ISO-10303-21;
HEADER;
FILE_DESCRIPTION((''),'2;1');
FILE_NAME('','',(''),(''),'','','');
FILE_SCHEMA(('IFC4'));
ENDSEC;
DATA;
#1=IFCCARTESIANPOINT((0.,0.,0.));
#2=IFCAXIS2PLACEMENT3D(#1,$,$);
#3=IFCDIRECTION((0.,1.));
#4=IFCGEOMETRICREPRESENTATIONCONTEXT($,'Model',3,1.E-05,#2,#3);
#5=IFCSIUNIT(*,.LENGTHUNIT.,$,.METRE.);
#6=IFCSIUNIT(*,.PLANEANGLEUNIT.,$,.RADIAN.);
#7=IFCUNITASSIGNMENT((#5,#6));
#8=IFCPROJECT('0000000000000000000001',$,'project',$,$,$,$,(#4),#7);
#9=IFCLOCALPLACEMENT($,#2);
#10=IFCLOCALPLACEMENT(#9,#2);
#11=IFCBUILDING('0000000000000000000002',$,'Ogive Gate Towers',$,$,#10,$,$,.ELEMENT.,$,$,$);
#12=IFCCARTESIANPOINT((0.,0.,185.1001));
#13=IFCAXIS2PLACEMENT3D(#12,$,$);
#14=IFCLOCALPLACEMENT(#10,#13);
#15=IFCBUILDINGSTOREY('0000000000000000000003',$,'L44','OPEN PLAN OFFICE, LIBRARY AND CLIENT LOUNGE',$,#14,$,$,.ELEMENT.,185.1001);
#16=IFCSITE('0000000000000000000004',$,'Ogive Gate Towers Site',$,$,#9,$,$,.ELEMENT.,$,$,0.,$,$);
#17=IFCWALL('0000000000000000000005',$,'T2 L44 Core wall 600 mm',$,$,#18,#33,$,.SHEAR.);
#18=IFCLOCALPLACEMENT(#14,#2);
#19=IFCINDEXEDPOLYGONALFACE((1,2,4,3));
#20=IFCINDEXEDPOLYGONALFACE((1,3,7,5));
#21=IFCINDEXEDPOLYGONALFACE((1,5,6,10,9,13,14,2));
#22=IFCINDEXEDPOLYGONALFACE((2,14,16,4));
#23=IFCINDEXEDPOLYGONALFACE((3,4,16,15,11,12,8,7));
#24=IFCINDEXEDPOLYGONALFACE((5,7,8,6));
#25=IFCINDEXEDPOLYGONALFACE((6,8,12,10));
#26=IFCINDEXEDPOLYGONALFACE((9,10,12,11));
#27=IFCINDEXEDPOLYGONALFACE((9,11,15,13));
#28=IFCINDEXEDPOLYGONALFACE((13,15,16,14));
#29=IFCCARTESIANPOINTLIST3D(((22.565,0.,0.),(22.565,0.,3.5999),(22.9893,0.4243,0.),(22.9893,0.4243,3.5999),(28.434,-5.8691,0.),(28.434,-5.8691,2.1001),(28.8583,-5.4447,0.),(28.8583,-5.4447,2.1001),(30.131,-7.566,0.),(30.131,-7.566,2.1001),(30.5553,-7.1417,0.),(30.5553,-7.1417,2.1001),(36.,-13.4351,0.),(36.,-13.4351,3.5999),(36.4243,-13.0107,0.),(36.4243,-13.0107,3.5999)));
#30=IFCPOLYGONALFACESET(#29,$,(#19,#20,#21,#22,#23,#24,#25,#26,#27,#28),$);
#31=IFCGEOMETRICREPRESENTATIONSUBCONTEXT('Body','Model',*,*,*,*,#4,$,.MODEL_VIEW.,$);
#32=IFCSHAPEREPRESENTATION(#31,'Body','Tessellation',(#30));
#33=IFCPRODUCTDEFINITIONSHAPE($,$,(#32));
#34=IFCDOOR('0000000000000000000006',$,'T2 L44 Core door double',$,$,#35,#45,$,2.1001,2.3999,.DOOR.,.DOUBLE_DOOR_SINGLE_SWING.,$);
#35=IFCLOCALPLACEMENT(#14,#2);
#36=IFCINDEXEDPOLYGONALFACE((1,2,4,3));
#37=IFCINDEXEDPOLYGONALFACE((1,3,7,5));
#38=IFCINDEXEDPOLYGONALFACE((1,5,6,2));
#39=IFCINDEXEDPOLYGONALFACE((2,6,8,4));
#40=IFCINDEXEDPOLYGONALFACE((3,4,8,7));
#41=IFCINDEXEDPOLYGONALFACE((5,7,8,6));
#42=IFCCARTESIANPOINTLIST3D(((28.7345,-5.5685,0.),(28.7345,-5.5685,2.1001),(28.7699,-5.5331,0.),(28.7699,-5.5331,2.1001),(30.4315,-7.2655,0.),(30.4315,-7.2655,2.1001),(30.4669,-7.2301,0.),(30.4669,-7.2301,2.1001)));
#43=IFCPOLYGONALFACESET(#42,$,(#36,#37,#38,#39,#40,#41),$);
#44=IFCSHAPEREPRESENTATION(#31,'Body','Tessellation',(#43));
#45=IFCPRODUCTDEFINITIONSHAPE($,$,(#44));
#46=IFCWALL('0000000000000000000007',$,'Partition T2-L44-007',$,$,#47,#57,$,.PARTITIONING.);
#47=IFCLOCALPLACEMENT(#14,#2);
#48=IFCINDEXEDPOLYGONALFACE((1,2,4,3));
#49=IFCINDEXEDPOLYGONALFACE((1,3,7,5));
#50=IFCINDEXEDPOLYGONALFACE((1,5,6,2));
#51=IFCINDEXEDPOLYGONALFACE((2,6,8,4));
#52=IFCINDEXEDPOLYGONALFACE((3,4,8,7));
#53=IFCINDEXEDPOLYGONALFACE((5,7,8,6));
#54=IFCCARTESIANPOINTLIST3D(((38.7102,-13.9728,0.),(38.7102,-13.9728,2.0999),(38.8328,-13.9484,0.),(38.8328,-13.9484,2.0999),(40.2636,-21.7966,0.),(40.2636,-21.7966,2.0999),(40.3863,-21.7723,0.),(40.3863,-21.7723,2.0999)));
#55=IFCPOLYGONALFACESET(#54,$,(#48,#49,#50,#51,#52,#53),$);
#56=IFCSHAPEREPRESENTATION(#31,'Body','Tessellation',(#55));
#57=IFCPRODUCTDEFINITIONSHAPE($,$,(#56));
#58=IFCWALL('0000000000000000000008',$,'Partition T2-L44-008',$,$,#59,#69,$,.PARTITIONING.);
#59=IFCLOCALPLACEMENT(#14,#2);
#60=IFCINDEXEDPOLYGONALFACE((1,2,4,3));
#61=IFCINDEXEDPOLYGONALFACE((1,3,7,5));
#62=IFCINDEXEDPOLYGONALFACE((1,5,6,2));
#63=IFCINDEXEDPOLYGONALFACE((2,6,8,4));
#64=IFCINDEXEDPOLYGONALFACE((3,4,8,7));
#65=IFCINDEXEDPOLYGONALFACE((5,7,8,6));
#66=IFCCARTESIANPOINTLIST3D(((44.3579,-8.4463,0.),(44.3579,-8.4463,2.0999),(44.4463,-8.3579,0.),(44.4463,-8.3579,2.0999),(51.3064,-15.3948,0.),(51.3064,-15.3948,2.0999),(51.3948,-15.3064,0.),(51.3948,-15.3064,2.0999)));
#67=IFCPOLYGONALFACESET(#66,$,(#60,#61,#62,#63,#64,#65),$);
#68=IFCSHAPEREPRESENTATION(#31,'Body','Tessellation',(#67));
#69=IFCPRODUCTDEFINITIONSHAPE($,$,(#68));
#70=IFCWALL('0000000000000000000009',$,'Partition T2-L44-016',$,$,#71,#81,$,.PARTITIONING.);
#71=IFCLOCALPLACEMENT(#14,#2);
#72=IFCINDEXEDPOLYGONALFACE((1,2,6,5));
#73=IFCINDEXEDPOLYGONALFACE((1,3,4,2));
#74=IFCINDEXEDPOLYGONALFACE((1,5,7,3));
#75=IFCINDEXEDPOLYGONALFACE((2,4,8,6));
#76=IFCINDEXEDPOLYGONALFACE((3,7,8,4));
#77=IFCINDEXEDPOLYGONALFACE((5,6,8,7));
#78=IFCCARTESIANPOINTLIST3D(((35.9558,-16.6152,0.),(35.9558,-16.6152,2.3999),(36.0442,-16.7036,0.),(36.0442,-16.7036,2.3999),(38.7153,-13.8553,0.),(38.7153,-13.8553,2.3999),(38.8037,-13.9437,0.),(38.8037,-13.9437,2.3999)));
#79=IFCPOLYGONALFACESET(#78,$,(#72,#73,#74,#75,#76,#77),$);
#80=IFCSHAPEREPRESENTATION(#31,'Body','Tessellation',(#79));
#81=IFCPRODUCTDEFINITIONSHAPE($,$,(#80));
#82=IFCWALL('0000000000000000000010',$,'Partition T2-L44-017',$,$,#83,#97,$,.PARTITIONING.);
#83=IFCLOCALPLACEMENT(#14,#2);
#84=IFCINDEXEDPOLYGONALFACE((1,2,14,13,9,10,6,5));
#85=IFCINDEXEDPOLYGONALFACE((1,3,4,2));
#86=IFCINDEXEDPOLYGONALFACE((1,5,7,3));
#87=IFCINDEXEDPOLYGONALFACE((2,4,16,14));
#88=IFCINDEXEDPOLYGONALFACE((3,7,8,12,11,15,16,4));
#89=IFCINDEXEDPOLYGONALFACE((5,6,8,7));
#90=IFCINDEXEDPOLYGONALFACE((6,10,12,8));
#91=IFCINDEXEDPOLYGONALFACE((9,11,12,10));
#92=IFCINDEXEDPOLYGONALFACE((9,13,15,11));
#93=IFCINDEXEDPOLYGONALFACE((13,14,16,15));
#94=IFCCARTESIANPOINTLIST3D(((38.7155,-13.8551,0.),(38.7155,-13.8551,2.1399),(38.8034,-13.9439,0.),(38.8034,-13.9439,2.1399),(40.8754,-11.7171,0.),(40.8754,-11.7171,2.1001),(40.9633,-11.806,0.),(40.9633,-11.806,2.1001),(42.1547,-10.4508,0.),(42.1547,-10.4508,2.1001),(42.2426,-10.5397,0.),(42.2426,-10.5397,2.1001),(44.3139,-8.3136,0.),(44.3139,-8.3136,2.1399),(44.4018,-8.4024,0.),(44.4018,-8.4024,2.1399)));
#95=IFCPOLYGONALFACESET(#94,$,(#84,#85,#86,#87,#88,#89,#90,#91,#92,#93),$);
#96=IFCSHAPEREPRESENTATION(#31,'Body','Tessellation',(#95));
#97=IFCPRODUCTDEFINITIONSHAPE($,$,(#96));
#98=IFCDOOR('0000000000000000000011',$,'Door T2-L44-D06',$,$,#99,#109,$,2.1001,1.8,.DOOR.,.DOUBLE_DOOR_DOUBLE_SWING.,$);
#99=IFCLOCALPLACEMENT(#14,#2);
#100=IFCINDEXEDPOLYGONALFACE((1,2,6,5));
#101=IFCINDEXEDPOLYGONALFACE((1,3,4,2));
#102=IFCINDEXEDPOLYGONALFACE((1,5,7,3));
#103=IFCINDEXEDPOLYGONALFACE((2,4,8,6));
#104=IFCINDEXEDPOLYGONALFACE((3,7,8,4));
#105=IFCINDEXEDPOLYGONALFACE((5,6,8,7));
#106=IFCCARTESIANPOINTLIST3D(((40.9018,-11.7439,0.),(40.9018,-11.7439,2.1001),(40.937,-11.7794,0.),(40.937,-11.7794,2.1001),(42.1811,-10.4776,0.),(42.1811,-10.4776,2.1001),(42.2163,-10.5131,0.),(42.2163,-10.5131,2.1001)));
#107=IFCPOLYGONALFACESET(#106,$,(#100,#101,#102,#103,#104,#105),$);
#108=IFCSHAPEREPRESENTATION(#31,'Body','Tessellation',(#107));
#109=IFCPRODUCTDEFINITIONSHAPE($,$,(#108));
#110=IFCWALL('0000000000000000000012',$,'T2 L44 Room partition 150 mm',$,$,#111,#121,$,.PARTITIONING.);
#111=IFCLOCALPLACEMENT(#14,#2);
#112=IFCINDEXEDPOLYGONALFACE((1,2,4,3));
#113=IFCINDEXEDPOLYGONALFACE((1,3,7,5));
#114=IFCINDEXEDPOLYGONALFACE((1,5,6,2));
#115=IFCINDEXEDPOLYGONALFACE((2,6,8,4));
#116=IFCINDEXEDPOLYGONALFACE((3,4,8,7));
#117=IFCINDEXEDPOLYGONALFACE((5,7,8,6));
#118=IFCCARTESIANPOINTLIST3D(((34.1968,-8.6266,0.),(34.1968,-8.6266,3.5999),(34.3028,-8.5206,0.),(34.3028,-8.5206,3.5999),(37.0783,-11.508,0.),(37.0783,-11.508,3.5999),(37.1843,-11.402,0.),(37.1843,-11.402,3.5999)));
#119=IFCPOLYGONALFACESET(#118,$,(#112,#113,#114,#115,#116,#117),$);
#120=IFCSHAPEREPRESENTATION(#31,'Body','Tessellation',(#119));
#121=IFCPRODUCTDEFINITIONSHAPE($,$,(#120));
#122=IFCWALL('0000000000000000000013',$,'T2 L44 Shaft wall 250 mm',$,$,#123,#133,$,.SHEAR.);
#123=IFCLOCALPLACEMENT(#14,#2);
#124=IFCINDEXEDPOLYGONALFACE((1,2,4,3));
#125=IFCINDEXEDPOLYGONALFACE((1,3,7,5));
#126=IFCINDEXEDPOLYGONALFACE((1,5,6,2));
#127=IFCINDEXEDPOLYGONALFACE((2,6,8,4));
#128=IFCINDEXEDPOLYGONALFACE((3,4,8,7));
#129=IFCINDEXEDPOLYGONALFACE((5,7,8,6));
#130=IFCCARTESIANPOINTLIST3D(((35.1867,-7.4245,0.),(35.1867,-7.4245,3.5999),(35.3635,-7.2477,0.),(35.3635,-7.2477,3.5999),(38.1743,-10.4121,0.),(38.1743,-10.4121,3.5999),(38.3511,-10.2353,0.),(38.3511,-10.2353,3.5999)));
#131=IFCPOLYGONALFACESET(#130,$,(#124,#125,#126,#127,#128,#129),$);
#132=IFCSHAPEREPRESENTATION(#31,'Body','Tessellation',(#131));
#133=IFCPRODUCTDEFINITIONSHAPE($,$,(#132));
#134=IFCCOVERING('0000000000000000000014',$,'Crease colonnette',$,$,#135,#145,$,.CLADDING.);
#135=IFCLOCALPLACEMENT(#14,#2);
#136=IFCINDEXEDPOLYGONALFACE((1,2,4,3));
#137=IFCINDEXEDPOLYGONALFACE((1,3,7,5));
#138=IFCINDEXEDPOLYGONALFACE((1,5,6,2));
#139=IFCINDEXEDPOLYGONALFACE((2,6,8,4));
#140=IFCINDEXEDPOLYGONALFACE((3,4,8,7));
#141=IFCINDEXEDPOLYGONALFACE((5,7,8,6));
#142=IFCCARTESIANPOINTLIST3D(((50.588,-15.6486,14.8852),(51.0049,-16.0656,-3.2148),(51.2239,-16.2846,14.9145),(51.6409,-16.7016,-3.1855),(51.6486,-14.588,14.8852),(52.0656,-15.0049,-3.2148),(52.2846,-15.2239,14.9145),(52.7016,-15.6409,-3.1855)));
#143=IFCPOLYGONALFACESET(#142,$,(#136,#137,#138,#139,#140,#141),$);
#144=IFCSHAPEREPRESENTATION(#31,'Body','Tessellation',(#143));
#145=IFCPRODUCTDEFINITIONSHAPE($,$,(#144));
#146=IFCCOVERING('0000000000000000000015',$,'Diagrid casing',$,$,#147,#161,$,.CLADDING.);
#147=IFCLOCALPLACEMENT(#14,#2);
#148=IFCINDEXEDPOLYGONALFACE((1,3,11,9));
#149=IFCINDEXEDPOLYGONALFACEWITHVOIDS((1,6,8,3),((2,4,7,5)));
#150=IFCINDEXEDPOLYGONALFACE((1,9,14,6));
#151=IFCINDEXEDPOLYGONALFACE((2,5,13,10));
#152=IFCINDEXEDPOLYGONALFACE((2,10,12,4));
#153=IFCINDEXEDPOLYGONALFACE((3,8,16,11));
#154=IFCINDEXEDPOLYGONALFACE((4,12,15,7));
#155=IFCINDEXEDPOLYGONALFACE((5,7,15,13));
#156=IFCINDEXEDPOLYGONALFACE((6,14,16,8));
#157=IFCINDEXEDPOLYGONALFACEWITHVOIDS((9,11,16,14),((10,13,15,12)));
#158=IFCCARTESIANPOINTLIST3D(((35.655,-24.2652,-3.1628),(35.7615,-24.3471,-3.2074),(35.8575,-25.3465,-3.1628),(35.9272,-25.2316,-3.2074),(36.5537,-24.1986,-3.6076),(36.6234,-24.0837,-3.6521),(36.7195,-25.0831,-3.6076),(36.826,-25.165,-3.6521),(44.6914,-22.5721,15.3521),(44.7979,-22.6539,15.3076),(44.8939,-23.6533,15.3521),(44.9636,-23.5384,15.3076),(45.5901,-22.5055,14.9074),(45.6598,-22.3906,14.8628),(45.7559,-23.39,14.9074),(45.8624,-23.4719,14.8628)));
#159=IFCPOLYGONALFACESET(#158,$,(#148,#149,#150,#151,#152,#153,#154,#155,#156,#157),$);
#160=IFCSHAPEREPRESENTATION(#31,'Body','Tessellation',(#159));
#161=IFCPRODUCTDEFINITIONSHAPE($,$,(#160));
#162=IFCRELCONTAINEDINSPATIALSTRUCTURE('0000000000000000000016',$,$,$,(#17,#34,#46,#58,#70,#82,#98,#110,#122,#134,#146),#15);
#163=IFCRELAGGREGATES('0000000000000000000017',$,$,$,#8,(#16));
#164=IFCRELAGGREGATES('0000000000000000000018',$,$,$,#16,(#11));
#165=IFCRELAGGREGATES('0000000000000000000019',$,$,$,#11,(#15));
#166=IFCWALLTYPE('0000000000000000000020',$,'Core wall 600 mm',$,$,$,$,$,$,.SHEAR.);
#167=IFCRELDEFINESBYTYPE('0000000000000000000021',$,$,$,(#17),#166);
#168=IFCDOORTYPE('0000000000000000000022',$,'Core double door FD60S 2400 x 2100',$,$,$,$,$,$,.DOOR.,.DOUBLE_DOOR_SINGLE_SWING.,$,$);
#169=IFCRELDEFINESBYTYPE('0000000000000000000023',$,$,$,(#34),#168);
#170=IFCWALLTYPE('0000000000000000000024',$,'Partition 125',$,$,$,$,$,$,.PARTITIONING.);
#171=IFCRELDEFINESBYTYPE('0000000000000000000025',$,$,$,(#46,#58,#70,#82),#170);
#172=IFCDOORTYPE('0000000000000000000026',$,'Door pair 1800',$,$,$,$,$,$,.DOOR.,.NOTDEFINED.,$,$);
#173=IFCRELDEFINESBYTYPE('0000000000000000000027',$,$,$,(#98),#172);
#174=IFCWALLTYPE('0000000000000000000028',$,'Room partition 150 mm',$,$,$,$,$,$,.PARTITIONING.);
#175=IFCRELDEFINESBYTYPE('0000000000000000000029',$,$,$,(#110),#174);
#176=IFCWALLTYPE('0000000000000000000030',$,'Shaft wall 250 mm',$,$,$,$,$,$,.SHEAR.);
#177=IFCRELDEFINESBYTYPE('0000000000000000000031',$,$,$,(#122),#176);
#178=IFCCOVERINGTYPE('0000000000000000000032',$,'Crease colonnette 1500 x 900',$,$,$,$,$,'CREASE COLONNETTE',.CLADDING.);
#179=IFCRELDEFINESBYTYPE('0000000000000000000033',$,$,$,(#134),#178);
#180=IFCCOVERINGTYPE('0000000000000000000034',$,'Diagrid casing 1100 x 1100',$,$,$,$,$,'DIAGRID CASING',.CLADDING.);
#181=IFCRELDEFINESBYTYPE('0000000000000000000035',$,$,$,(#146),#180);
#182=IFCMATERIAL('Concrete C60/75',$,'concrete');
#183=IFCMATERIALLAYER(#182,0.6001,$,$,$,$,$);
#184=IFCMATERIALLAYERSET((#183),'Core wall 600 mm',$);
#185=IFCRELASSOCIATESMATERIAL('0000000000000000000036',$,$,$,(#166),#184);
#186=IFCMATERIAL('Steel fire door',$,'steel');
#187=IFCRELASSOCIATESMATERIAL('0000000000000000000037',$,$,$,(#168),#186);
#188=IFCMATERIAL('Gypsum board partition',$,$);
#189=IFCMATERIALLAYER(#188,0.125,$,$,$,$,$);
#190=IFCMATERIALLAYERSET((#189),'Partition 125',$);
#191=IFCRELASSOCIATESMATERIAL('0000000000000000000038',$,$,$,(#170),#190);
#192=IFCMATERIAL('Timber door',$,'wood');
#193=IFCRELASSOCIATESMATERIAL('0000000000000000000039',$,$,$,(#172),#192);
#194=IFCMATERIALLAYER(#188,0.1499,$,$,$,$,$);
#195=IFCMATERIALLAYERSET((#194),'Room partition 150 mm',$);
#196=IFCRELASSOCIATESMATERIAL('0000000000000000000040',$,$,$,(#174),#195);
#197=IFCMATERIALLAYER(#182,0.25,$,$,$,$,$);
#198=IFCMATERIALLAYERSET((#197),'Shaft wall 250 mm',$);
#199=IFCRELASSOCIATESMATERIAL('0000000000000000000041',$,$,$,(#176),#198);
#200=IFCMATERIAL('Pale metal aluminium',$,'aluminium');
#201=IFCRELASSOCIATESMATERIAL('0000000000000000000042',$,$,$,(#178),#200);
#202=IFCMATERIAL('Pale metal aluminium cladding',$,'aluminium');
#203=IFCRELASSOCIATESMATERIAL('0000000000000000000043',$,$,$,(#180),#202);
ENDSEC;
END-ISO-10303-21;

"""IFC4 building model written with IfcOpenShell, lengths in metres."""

from ifc_helpers import new_model, si_unit, direction, frame, frame_2d, origin, origin_2d, place, context, subcontext, project, spatial, rectangle, hollow_rectangle, extrude, material, layer, layer_set, material_profile, profile_set, type_object, element, fill, save


model = new_model("IFC4")

# Units and contexts
model_context = context("Model", 3, precision=1e-05, world=origin(), true_north=direction((0.0, 1.0)))
body_context = subcontext(model_context, "Body", "Model", "MODEL_VIEW")
ifc_project = project(units=[si_unit("LENGTHUNIT", "METRE"), si_unit("PLANEANGLEUNIT", "RADIAN")], contexts=[model_context])

# Site, building, storey
site_placement = place(None, origin())
site = spatial("IfcSite", under=ifc_project, at=site_placement, Name="Ogive Gate Towers Site", CompositionType="ELEMENT", RefElevation=0.0)
building_placement = place(site_placement, origin())
building = spatial("IfcBuilding", under=site, at=building_placement, Name="Ogive Gate Towers", CompositionType="ELEMENT")
storey_placement = place(building_placement, frame((0.0, 0.0, 185.1001)))
storey = spatial("IfcBuildingStorey", under=building, at=storey_placement, Name="L44", Description="OPEN PLAN OFFICE, LIBRARY AND CLIENT LOUNGE", CompositionType="ELEMENT", Elevation=185.1001)

# Shared definitions
ifc_material_1 = material(Name="Concrete C60/75", Category="concrete")
ifc_layer_1 = layer(ifc_material_1, 0.6001)
ifc_layer_set_1 = layer_set([ifc_layer_1], Name="Core wall 600 mm")
wall_type_1 = type_object("IfcWallType", Name="Core wall 600 mm", PredefinedType="SHEAR", material=ifc_layer_set_1)
ifc_material_2 = material(Name="Timber door", Category="wood")
ifc_material_3 = material(Name="Steel fire door", Category="steel")

# Wall, opening, door
wall_1_placement = place(storey_placement, frame((36.2122, -13.2229, 0.0), z_axis=(0.0, 0.0, 1.0), x_axis=(-0.707107, 0.707107, 0.0)))
wall_1 = element("IfcWall", 1, at=wall_1_placement, inside=storey, type_object=wall_type_1, Name="T2 L44 Core wall 600 mm", PredefinedType="SHEAR", context=body_context, shape_type="SweptSolid", body=[
    extrude(rectangle(XDim=19.0, YDim=0.6001, at=frame_2d((9.5, 0.0))), origin(), (0.0, 0.0, 1.0), 3.5999),
])
opening_1_placement = place(wall_1_placement, frame((8.3, 0.0, 0.0)))
opening_1 = element("IfcOpeningElement", 2, at=opening_1_placement, cuts=wall_1, PredefinedType="OPENING", context=body_context, shape_type="SweptSolid", body=[
    extrude(rectangle(XDim=2.3999, YDim=2.1001, at=frame_2d((1.2, 1.05))), frame((0.0, 0.3101, 0.0), z_axis=(0.0, -1.0, 0.0), x_axis=(1.0, 0.0, 0.0)), (0.0, 0.0, 1.0), 0.6201),
])
door_type_1 = type_object("IfcDoorType", Name="Core double door FD60S 2400 x 2100", OperationType="DOUBLE_DOOR_SINGLE_SWING", PredefinedType="DOOR", material=ifc_material_3)
door_1_placement = place(opening_1_placement, origin())
door_1 = element("IfcDoor", 3, at=door_1_placement, inside=storey, type_object=door_type_1, Name="T2 L44 Core door double", OperationType="DOUBLE_DOOR_SINGLE_SWING", OverallHeight=2.1001, OverallWidth=2.3999, PredefinedType="DOOR", context=body_context, shape_type="SweptSolid", body=[
    extrude(rectangle(XDim=2.3999, YDim=2.1001, at=frame_2d((1.2, 1.05))), frame((0.0, -0.125, 0.0), z_axis=(0.0, -1.0, 0.0), x_axis=(1.0, 0.0, 0.0)), (0.0, 0.0, 1.0), 0.05),
])
fill(opening_1, door_1)

# Walls
ifc_material_4 = material(Name="Gypsum board partition")
ifc_layer_2 = layer(ifc_material_4, 0.125)
ifc_layer_set_2 = layer_set([ifc_layer_2], Name="Partition 125")
wall_type_2 = type_object("IfcWallType", Name="Partition 125", PredefinedType="PARTITIONING", material=ifc_layer_set_2)
wall_2_placement = place(storey_placement, frame((40.325, -21.7844, 0.0), z_axis=(0.0, 0.0, 1.0), x_axis=(-0.194756, 0.980852, 0.0)))
element("IfcWall", 4, at=wall_2_placement, inside=storey, type_object=wall_type_2, Name="Partition T2-L44-007", PredefinedType="PARTITIONING", context=body_context, shape_type="SweptSolid", body=[
    extrude(rectangle(XDim=7.9766, YDim=0.125, at=frame_2d((3.9883, 0.0))), origin(), (0.0, 0.0, 1.0), 2.0999),
])
wall_3_placement = place(storey_placement, frame((51.3506, -15.3506, 0.0), z_axis=(0.0, 0.0, 1.0), x_axis=(-0.707107, 0.707107, 0.0)))
element("IfcWall", 5, at=wall_3_placement, inside=storey, type_object=wall_type_2, Name="Partition T2-L44-008", PredefinedType="PARTITIONING", context=body_context, shape_type="SweptSolid", body=[
    extrude(rectangle(XDim=9.8267, YDim=0.125, at=frame_2d((4.9133, 0.0))), origin(), (0.0, 0.0, 1.0), 2.0999),
])
wall_4_placement = place(storey_placement, frame((36.0, -16.6594, 0.0), z_axis=(0.0, 0.0, 1.0), x_axis=(0.707044, 0.707169, 0.0)))
element("IfcWall", 6, at=wall_4_placement, inside=storey, type_object=wall_type_2, Name="Partition T2-L44-016", PredefinedType="PARTITIONING", context=body_context, shape_type="SweptSolid", body=[
    extrude(rectangle(XDim=3.9028, YDim=0.125, at=frame_2d((1.9514, 0.0))), origin(), (0.0, 0.0, 1.0), 2.3999),
])

# Wall, opening, door
wall_5_placement = place(storey_placement, frame((38.7595, -13.8994, 0.0), z_axis=(0.0, 0.0, 1.0), x_axis=(0.710708, 0.703487, 0.0)))
wall_5 = element("IfcWall", 7, at=wall_5_placement, inside=storey, type_object=wall_type_2, Name="Partition T2-L44-017", PredefinedType="PARTITIONING", context=body_context, shape_type="SweptSolid", body=[
    extrude(rectangle(XDim=7.8772, YDim=0.125, at=frame_2d((3.9385, 0.0))), origin(), (0.0, 0.0, 1.0), 2.1399),
])
opening_2_placement = place(wall_5_placement, frame((3.0391, 0.0, 0.0)))
opening_2 = element("IfcOpeningElement", 8, at=opening_2_placement, cuts=wall_5, PredefinedType="OPENING", context=body_context, shape_type="SweptSolid", body=[
    extrude(rectangle(XDim=1.8, YDim=2.1001, at=frame_2d((0.8999, 1.05))), frame((0.0, 0.0725, 0.0), z_axis=(0.0, -1.0, 0.0), x_axis=(1.0, 0.0, 0.0)), (0.0, 0.0, 1.0), 0.145),
])
door_type_2 = type_object("IfcDoorType", Name="Door pair 1800", OperationType="NOTDEFINED", PredefinedType="DOOR", material=ifc_material_2)
door_2_placement = place(opening_2_placement, origin())
door_2 = element("IfcDoor", 9, at=door_2_placement, inside=storey, type_object=door_type_2, Name="Door T2-L44-D06", OperationType="DOUBLE_DOOR_DOUBLE_SWING", OverallHeight=2.1001, OverallWidth=1.8, PredefinedType="DOOR", context=body_context, shape_type="SweptSolid", body=[
    extrude(rectangle(XDim=1.8, YDim=2.1001, at=frame_2d((0.8999, 1.05))), frame((0.0, 0.0249, 0.0), z_axis=(0.0, -1.0, 0.0), x_axis=(1.0, 0.0, 0.0)), (0.0, 0.0, 1.0), 0.05),
])
fill(opening_2, door_2)

# Walls
ifc_layer_3 = layer(ifc_material_4, 0.1499)
ifc_layer_set_3 = layer_set([ifc_layer_3], Name="Room partition 150 mm")
wall_type_3 = type_object("IfcWallType", Name="Room partition 150 mm", PredefinedType="PARTITIONING", material=ifc_layer_set_3)
wall_6_placement = place(storey_placement, frame((37.1313, -11.4551, 0.0), z_axis=(0.0, 0.0, 1.0), x_axis=(-0.707107, 0.707107, 0.0)))
element("IfcWall", 10, at=wall_6_placement, inside=storey, type_object=wall_type_3, Name="T2 L44 Room partition 150 mm", PredefinedType="PARTITIONING", context=body_context, shape_type="SweptSolid", body=[
    extrude(rectangle(XDim=4.075, YDim=0.1499, at=frame_2d((2.0376, 0.0))), origin(), (0.0, 0.0, 1.0), 3.5999),
])
ifc_layer_4 = layer(ifc_material_1, 0.25)
ifc_layer_set_4 = layer_set([ifc_layer_4], Name="Shaft wall 250 mm")
wall_type_4 = type_object("IfcWallType", Name="Shaft wall 250 mm", PredefinedType="SHEAR", material=ifc_layer_set_4)
wall_7_placement = place(storey_placement, frame((38.2627, -10.3237, 0.0), z_axis=(0.0, 0.0, 1.0), x_axis=(-0.707107, 0.707107, 0.0)))
element("IfcWall", 11, at=wall_7_placement, inside=storey, type_object=wall_type_4, Name="T2 L44 Shaft wall 250 mm", PredefinedType="SHEAR", context=body_context, shape_type="SweptSolid", body=[
    extrude(rectangle(XDim=4.2251, YDim=0.25, at=frame_2d((2.1125, 0.0))), origin(), (0.0, 0.0, 1.0), 3.5999),
])

# Coverings
ifc_material_5 = material(Name="Pale metal aluminium", Category="aluminium")
ifc_material_profile_1 = material_profile(ifc_material_5, rectangle(XDim=1.5, YDim=0.8999, at=origin_2d()), Name="1500 x 900 pale metal aluminium")
ifc_profile_set_1 = profile_set([ifc_material_profile_1], Name="Pale metal aluminium")
covering_type_1 = type_object("IfcCoveringType", Name="Crease colonnette 1500 x 900", ElementType="CREASE COLONNETTE", PredefinedType="CLADDING", material=ifc_profile_set_1)
covering_placement = place(storey_placement, frame((51.8533, -15.8533, -3.2002), z_axis=(-0.023026, 0.023026, 0.99947), x_axis=(-0.707107, -0.707107, 0.0)))
element("IfcCovering", 12, at=covering_placement, inside=storey, type_object=covering_type_1, Name="Crease colonnette", PredefinedType="CLADDING", context=body_context, shape_type="SweptSolid", body=[
    extrude(rectangle(XDim=1.5, YDim=0.8999, at=origin_2d()), origin(), (0.0, 0.0, 1.0), 18.1096),
])
ifc_material_6 = material(Name="Pale metal aluminium cladding", Category="aluminium")
ifc_material_profile_2 = material_profile(ifc_material_6, hollow_rectangle(XDim=1.1001, YDim=1.1001, WallThickness=0.1001, at=origin_2d()), Name="1100 x 1100 pale metal casing")
ifc_profile_set_2 = profile_set([ifc_material_profile_2], Name="Pale metal aluminium cladding")
covering_type_2 = type_object("IfcCoveringType", Name="Diagrid casing 1100 x 1100", ElementType="DIAGRID CASING", PredefinedType="CLADDING", material=ifc_profile_set_2)
for number, where, z_axis, x_axis, name in (
    (13, (36.2405, -24.7151, -3.4075), (0.437135, 0.081905, 0.895659), (-0.184162, 0.982896, 0.0), "Diagrid casing"),
):
    element("IfcCovering", number, at=place(storey_placement, frame(where, z_axis=z_axis, x_axis=x_axis)), inside=storey, type_object=covering_type_2, Name=name, PredefinedType="CLADDING", context=body_context, shape_type="SweptSolid", body=[
        extrude(hollow_rectangle(XDim=1.1001, YDim=1.1001, WallThickness=0.1001, at=origin_2d()), origin(), (0.0, 0.0, 1.0), 20.6719),
    ])

save(model, "model.ifc")
